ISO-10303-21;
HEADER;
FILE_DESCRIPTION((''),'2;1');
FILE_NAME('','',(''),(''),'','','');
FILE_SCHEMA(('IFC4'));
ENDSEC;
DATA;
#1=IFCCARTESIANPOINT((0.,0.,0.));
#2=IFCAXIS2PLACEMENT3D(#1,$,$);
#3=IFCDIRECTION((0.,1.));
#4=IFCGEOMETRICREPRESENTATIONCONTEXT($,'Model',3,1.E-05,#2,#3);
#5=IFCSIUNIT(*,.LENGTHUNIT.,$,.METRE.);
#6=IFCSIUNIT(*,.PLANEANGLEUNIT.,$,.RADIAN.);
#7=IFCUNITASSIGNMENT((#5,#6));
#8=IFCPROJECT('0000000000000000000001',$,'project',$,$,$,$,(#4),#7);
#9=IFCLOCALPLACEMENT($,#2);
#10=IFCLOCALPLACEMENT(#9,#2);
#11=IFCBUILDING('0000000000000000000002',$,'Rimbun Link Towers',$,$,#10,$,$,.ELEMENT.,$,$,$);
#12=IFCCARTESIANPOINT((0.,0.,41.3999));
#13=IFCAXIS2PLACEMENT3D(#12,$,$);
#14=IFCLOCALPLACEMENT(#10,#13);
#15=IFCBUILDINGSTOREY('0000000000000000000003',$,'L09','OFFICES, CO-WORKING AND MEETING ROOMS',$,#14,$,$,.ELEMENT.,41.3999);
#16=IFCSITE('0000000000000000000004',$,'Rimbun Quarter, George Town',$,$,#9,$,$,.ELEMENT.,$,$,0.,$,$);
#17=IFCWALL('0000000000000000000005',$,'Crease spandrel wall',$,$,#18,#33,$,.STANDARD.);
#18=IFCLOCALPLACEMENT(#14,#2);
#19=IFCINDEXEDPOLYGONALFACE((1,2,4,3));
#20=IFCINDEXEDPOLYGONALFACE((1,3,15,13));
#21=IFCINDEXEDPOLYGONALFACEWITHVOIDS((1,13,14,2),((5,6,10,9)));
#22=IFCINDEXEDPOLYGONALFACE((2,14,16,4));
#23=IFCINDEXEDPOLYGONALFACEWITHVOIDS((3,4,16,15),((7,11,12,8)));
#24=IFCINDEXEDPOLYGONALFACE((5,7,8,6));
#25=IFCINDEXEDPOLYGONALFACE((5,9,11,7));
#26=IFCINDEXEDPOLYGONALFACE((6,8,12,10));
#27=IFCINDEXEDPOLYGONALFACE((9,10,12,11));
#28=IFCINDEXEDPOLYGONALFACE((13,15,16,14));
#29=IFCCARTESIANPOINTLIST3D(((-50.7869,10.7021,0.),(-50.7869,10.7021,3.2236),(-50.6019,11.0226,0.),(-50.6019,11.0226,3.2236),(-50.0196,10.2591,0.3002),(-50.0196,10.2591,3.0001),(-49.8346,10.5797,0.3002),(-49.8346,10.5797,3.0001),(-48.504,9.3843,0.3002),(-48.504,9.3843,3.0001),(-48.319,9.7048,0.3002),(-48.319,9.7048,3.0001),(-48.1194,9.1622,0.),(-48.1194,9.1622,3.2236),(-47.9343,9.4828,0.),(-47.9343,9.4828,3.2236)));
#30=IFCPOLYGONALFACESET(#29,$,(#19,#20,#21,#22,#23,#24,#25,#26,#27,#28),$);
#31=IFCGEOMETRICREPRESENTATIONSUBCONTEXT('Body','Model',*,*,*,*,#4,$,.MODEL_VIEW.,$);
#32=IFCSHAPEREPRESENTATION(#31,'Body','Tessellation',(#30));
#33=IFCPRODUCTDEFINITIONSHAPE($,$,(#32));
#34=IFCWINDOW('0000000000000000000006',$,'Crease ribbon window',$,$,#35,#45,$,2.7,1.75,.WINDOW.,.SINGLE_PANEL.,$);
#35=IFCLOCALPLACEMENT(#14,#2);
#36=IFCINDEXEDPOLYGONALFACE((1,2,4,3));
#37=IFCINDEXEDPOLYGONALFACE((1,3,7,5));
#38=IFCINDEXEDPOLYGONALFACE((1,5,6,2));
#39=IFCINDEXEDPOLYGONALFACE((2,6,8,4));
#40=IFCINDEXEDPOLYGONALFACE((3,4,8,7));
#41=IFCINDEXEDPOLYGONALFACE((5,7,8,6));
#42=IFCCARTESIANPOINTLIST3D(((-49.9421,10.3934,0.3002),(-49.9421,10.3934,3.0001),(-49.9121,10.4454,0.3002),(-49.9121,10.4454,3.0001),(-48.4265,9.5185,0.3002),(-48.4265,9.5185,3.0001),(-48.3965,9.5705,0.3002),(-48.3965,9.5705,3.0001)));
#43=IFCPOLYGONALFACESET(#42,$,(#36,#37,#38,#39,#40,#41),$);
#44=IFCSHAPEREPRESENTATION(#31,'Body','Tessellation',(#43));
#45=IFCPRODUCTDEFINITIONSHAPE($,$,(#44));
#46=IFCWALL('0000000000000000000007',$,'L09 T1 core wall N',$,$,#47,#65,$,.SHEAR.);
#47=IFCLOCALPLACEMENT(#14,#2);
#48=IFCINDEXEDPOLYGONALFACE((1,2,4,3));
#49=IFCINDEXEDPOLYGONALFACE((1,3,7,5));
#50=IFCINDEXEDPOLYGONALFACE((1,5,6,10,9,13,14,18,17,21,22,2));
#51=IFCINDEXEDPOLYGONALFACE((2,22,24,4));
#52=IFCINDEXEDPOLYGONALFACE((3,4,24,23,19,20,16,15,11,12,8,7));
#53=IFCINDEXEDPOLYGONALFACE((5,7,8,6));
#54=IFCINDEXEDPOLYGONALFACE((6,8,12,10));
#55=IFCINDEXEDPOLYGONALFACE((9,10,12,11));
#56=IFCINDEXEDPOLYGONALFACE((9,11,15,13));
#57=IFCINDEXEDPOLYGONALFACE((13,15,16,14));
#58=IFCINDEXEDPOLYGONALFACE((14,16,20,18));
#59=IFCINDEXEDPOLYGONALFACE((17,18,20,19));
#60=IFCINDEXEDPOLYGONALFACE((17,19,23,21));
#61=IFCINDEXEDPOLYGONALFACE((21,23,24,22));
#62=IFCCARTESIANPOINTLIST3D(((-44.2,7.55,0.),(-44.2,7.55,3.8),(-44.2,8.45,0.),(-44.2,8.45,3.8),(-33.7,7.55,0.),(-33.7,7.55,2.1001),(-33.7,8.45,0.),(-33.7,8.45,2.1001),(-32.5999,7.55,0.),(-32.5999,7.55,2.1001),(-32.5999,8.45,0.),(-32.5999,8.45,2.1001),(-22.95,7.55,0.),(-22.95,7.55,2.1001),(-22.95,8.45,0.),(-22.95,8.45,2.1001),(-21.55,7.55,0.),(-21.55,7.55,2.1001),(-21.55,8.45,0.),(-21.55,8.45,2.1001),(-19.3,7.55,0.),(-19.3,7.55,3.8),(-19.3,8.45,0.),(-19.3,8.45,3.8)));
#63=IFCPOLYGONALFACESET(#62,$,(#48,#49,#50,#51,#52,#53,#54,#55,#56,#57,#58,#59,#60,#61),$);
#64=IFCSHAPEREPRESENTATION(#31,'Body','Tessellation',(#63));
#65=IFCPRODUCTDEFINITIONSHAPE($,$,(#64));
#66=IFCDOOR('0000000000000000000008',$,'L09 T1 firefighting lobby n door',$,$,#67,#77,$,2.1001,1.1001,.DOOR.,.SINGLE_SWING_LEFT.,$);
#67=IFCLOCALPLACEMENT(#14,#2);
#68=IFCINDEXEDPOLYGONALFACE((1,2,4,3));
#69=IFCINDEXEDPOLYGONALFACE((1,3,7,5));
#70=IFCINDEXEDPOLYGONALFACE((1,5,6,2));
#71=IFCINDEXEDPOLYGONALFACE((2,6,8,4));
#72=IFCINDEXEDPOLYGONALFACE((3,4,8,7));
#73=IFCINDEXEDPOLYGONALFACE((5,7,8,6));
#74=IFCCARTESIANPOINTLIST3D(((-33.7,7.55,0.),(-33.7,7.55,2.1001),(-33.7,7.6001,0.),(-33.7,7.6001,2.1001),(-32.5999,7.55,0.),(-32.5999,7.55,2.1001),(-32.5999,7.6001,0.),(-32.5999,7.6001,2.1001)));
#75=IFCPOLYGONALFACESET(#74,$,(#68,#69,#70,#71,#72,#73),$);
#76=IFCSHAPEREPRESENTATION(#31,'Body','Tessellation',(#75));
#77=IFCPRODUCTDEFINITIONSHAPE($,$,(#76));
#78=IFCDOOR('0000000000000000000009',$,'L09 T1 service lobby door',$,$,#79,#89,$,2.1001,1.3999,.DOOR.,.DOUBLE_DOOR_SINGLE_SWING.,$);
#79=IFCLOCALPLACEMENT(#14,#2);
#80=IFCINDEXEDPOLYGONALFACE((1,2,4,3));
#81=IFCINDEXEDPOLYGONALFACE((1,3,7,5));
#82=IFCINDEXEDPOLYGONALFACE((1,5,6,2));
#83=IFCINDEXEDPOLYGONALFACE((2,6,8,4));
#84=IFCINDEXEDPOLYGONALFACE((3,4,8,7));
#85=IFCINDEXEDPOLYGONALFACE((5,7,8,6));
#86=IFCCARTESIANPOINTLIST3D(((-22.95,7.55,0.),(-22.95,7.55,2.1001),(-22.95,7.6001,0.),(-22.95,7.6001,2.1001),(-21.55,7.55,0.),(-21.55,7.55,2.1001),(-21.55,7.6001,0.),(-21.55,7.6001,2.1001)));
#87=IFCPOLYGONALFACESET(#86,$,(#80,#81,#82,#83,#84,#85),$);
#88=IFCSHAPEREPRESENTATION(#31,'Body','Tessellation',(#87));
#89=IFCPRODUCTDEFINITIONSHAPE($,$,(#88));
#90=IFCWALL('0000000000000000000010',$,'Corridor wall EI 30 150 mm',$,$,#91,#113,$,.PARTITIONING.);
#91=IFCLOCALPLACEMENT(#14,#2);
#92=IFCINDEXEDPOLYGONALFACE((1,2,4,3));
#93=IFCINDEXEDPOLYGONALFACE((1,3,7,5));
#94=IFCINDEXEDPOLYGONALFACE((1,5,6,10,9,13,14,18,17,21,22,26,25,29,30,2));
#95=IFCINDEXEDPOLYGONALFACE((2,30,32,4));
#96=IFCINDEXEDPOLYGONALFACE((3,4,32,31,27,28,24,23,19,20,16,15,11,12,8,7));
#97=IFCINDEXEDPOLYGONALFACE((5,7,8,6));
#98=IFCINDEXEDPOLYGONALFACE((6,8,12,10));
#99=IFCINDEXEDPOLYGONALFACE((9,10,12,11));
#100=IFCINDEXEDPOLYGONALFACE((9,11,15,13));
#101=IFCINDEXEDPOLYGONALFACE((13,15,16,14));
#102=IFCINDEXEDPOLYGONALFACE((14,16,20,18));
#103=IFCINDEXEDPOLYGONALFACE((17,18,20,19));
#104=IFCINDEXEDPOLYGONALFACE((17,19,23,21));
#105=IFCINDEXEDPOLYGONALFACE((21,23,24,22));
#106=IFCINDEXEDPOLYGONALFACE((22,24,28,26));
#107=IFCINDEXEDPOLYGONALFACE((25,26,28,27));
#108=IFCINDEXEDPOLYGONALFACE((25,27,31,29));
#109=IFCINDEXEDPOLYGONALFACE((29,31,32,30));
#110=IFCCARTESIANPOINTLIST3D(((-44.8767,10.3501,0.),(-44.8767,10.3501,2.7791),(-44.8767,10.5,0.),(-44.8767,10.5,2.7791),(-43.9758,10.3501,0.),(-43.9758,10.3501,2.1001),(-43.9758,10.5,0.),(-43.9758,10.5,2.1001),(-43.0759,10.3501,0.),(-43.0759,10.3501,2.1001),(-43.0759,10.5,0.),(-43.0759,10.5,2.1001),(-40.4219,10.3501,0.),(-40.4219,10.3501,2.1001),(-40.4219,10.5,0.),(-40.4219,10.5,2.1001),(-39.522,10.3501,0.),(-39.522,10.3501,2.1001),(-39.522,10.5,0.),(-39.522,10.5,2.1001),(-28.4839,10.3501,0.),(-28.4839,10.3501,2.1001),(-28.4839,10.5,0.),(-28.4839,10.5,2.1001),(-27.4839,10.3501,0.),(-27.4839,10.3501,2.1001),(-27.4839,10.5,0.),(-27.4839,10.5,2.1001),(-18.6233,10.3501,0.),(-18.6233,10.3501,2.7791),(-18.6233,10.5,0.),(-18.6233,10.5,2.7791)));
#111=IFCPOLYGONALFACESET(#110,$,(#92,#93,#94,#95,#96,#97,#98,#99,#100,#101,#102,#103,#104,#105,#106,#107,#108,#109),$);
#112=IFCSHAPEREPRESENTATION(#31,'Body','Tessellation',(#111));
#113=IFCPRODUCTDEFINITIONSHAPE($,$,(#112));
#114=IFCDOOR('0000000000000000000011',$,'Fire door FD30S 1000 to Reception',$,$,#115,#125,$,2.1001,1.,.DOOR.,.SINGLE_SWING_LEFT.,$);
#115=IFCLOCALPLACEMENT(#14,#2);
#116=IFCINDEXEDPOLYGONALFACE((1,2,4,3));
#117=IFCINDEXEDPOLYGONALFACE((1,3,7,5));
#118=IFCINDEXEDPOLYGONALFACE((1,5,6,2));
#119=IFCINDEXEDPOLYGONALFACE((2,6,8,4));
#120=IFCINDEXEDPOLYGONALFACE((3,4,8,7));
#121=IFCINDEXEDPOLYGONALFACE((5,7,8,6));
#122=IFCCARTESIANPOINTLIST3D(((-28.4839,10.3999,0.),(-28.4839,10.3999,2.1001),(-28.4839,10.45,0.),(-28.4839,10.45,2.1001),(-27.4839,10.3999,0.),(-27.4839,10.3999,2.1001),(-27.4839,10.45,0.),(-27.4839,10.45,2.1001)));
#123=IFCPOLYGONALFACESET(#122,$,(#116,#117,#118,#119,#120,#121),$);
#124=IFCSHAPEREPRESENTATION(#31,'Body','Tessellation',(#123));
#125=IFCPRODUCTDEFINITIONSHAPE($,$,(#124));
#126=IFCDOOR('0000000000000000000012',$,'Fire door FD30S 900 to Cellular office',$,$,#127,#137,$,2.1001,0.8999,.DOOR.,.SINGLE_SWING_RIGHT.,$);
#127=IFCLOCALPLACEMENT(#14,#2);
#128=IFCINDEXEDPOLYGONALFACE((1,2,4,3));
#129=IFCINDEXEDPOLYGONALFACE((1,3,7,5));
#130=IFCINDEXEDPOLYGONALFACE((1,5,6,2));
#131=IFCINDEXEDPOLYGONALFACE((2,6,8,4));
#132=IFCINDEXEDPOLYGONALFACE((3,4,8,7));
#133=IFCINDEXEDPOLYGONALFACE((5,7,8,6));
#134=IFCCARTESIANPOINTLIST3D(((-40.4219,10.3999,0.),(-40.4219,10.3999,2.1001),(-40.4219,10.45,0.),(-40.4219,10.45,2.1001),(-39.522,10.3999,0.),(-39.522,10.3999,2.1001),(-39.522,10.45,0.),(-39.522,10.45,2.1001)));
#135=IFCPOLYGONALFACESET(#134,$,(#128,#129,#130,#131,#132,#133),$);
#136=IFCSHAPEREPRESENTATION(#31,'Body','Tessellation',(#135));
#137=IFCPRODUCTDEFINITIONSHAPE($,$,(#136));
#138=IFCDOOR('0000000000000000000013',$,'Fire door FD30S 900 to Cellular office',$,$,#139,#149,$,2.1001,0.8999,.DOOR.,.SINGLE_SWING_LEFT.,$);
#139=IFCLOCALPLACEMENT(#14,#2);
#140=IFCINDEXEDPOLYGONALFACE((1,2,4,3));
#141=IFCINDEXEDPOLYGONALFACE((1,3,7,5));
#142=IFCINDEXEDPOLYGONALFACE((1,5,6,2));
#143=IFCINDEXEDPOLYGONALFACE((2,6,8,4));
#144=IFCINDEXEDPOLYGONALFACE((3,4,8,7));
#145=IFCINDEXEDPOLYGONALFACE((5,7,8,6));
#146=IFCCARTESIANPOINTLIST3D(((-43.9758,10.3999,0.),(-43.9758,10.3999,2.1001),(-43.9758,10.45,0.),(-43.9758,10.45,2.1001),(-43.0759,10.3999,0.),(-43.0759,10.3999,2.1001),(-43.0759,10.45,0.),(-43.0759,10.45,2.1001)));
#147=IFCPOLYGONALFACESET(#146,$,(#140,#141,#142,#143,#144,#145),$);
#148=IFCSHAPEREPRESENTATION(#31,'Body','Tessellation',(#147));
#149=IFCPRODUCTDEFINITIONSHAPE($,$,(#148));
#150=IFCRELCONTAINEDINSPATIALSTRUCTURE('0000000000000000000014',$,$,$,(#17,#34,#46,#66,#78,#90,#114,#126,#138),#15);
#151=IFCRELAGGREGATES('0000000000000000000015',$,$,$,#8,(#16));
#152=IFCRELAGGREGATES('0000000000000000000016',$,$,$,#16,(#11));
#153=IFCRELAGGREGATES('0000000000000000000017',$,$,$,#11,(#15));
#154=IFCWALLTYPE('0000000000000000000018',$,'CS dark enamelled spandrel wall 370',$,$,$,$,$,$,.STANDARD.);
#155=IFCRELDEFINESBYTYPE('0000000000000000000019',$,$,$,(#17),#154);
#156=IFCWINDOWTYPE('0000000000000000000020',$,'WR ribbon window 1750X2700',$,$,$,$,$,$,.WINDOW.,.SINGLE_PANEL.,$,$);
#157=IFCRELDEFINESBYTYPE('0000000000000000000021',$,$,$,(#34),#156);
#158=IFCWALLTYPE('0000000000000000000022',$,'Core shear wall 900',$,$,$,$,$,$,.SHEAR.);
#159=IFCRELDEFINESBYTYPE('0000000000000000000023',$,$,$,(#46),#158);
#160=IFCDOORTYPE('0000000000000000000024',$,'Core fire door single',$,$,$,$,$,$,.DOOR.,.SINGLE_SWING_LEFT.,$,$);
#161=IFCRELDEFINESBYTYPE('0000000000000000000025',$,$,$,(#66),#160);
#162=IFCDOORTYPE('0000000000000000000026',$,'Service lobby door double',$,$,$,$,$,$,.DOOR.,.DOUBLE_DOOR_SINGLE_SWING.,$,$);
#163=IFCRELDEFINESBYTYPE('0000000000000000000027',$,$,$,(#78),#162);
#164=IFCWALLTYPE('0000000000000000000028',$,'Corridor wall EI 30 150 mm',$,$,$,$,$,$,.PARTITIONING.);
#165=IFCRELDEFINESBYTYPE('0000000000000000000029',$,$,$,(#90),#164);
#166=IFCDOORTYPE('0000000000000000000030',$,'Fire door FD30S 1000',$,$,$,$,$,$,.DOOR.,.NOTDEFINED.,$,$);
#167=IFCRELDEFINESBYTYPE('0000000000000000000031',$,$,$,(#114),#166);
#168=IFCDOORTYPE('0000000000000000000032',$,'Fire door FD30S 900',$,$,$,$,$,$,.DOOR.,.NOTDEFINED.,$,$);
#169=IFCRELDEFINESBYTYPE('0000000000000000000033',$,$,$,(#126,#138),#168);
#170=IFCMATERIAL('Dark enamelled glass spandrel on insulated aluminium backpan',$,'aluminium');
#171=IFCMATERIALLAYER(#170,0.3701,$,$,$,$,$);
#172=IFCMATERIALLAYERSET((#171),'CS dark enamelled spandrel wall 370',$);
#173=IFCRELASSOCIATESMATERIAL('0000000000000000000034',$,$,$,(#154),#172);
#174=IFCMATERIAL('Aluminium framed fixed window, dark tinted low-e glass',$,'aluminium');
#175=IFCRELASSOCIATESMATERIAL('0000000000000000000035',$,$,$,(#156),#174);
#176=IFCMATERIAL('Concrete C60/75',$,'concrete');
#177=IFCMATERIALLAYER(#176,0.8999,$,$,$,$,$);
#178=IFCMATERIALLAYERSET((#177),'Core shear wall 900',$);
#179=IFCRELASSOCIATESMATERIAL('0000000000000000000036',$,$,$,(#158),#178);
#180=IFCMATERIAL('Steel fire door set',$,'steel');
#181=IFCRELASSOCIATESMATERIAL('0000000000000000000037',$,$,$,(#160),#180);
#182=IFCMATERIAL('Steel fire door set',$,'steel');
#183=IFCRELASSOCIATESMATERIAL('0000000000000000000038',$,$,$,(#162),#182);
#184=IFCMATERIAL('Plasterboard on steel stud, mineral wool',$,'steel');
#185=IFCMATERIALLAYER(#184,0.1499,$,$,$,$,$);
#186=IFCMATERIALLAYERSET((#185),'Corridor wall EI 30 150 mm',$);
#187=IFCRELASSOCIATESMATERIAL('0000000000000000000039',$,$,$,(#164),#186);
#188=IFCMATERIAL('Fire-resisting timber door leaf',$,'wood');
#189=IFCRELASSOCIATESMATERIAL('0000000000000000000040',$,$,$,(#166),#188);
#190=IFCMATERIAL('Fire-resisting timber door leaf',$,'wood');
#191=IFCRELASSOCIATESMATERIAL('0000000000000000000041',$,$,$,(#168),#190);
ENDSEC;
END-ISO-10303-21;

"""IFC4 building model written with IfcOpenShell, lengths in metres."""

from ifc_helpers import new_model, si_unit, direction, frame, frame_2d, origin, place, context, subcontext, project, spatial, rectangle, extrude, material, layer, layer_set, type_object, element, fill, save


model = new_model("IFC4")

# Units and contexts
model_context = context("Model", 3, precision=1e-05, world=origin(), true_north=direction((0.0, 1.0)))
body_context = subcontext(model_context, "Body", "Model", "MODEL_VIEW")
ifc_project = project(units=[si_unit("LENGTHUNIT", "METRE"), si_unit("PLANEANGLEUNIT", "RADIAN")], contexts=[model_context])

# Site, building, storey
site_placement = place(None, origin())
site = spatial("IfcSite", under=ifc_project, at=site_placement, Name="Rimbun Quarter, George Town", CompositionType="ELEMENT", RefElevation=0.0)
building_placement = place(site_placement, origin())
building = spatial("IfcBuilding", under=site, at=building_placement, Name="Rimbun Link Towers", CompositionType="ELEMENT")
storey_placement = place(building_placement, frame((0.0, 0.0, 41.3999)))
storey = spatial("IfcBuildingStorey", under=building, at=storey_placement, Name="L09", Description="OFFICES, CO-WORKING AND MEETING ROOMS", CompositionType="ELEMENT", Elevation=41.3999)

# Wall, opening, window
ifc_material_1 = material(Name="Dark enamelled glass spandrel on insulated aluminium backpan", Category="aluminium")
ifc_layer_1 = layer(ifc_material_1, 0.3701)
ifc_layer_set_1 = layer_set([ifc_layer_1], Name="CS dark enamelled spandrel wall 370")
wall_type_1 = type_object("IfcWallType", Name="CS dark enamelled spandrel wall 370", PredefinedType="STANDARD", material=ifc_layer_set_1)
wall_1_placement = place(storey_placement, frame((-48.0269, 9.3225, 0.0), z_axis=(0.0, 0.0, 1.0), x_axis=(-0.866064, 0.499933, 0.0)))
wall_1 = element("IfcWall", 1, at=wall_1_placement, inside=storey, type_object=wall_type_1, Name="Crease spandrel wall", PredefinedType="STANDARD", context=body_context, shape_type="SweptSolid", body=[
    extrude(rectangle(XDim=3.0801, YDim=0.3701, at=frame_2d((1.54, 0.0))), origin(), (0.0, 0.0, 1.0), 3.2236),
])
opening_1_placement = place(wall_1_placement, frame((0.4441, 0.0, 0.3)))
opening_1 = element("IfcOpeningElement", 2, at=opening_1_placement, cuts=wall_1, PredefinedType="OPENING", context=body_context, shape_type="SweptSolid", body=[
    extrude(rectangle(XDim=1.75, YDim=2.7, at=frame_2d((0.875, 1.3501))), frame((0.0, 0.1951, 0.0), z_axis=(0.0, -1.0, 0.0), x_axis=(1.0, 0.0, 0.0)), (0.0, 0.0, 1.0), 0.3901),
])
ifc_material_2 = material(Name="Aluminium framed fixed window, dark tinted low-e glass", Category="aluminium")
window_type_1 = type_object("IfcWindowType", Name="WR ribbon window 1750X2700", PartitioningType="SINGLE_PANEL", PredefinedType="WINDOW", material=ifc_material_2)
window_1_placement = place(opening_1_placement, origin())
window_1 = element("IfcWindow", 3, at=window_1_placement, inside=storey, type_object=window_type_1, Name="Crease ribbon window", OverallHeight=2.7, OverallWidth=1.75, PartitioningType="SINGLE_PANEL", PredefinedType="WINDOW", context=body_context, shape_type="SweptSolid", body=[
    extrude(rectangle(XDim=1.75, YDim=2.7, at=frame_2d((0.875, 1.3501))), frame((0.0, 0.03, 0.0), z_axis=(0.0, -1.0, 0.0), x_axis=(1.0, 0.0, 0.0)), (0.0, 0.0, 1.0), 0.0601),
])
fill(opening_1, window_1)

# Walls, openings, doors
ifc_material_3 = material(Name="Concrete C60/75", Category="concrete")
ifc_layer_2 = layer(ifc_material_3, 0.8999)
ifc_layer_set_2 = layer_set([ifc_layer_2], Name="Core shear wall 900")
wall_type_2 = type_object("IfcWallType", Name="Core shear wall 900", PredefinedType="SHEAR", material=ifc_layer_set_2)
wall_2_placement = place(storey_placement, frame((-44.2, 8.0, 0.0), z_axis=(0.0, 0.0, 1.0), x_axis=(1.0, 0.0, 0.0)))
wall_2 = element("IfcWall", 4, at=wall_2_placement, inside=storey, type_object=wall_type_2, Name="L09 T1 core wall N", PredefinedType="SHEAR", context=body_context, shape_type="SweptSolid", body=[
    extrude(rectangle(XDim=24.8999, YDim=0.8999, at=frame_2d((12.45, 0.0))), origin(), (0.0, 0.0, 1.0), 3.8),
])
opening_2_placement = place(wall_2_placement, frame((10.5, 0.0, 0.0)))
opening_2 = element("IfcOpeningElement", 5, at=opening_2_placement, cuts=wall_2, PredefinedType="OPENING", context=body_context, shape_type="SweptSolid", body=[
    extrude(rectangle(XDim=1.1001, YDim=2.1001, at=frame_2d((0.55, 1.05))), frame((0.0, 0.46, 0.0), z_axis=(0.0, -1.0, 0.0), x_axis=(1.0, 0.0, 0.0)), (0.0, 0.0, 1.0), 0.9199),
])
opening_3_placement = place(wall_2_placement, frame((21.25, 0.0, 0.0)))
opening_3 = element("IfcOpeningElement", 6, at=opening_3_placement, cuts=wall_2, PredefinedType="OPENING", context=body_context, shape_type="SweptSolid", body=[
    extrude(rectangle(XDim=1.3999, YDim=2.1001, at=frame_2d((0.7, 1.05))), frame((0.0, 0.46, 0.0), z_axis=(0.0, -1.0, 0.0), x_axis=(1.0, 0.0, 0.0)), (0.0, 0.0, 1.0), 0.9199),
])
ifc_material_4 = material(Name="Steel fire door set", Category="steel")
door_type_1 = type_object("IfcDoorType", Name="Core fire door single", OperationType="SINGLE_SWING_LEFT", PredefinedType="DOOR", material=ifc_material_4)
door_1_placement = place(opening_2_placement, origin())
door_1 = element("IfcDoor", 7, at=door_1_placement, inside=storey, type_object=door_type_1, Name="L09 T1 firefighting lobby n door", OperationType="SINGLE_SWING_LEFT", OverallHeight=2.1001, OverallWidth=1.1001, PredefinedType="DOOR", context=body_context, shape_type="SweptSolid", body=[
    extrude(rectangle(XDim=1.1001, YDim=2.1001, at=frame_2d((0.55, 1.05))), frame((0.0, -0.3999, 0.0), z_axis=(0.0, -1.0, 0.0), x_axis=(1.0, 0.0, 0.0)), (0.0, 0.0, 1.0), 0.05),
])
fill(opening_2, door_1)
ifc_material_5 = material(Name="Steel fire door set", Category="steel")
door_type_2 = type_object("IfcDoorType", Name="Service lobby door double", OperationType="DOUBLE_DOOR_SINGLE_SWING", PredefinedType="DOOR", material=ifc_material_5)
door_2_placement = place(opening_3_placement, origin())
door_2 = element("IfcDoor", 8, at=door_2_placement, inside=storey, type_object=door_type_2, Name="L09 T1 service lobby door", OperationType="DOUBLE_DOOR_SINGLE_SWING", OverallHeight=2.1001, OverallWidth=1.3999, PredefinedType="DOOR", context=body_context, shape_type="SweptSolid", body=[
    extrude(rectangle(XDim=1.3999, YDim=2.1001, at=frame_2d((0.7, 1.05))), frame((0.0, -0.3999, 0.0), z_axis=(0.0, -1.0, 0.0), x_axis=(1.0, 0.0, 0.0)), (0.0, 0.0, 1.0), 0.05),
])
fill(opening_3, door_2)
ifc_material_6 = material(Name="Plasterboard on steel stud, mineral wool", Category="steel")
ifc_layer_3 = layer(ifc_material_6, 0.1499)
ifc_layer_set_3 = layer_set([ifc_layer_3], Name="Corridor wall EI 30 150 mm")
wall_type_3 = type_object("IfcWallType", Name="Corridor wall EI 30 150 mm", PredefinedType="PARTITIONING", material=ifc_layer_set_3)
wall_3_placement = place(storey_placement, frame((-44.8767, 10.425, 0.0), z_axis=(0.0, 0.0, 1.0), x_axis=(1.0, 0.0, 0.0)))
wall_3 = element("IfcWall", 9, at=wall_3_placement, inside=storey, type_object=wall_type_3, Name="Corridor wall EI 30 150 mm", PredefinedType="PARTITIONING", context=body_context, shape_type="SweptSolid", body=[
    extrude(rectangle(XDim=26.2534, YDim=0.1499, at=frame_2d((13.1267, 0.0))), origin(), (0.0, 0.0, 1.0), 2.7791),
])
opening_4_placement = place(wall_3_placement, frame((16.3928, 0.0, 0.0)))
opening_4 = element("IfcOpeningElement", 10, at=opening_4_placement, cuts=wall_3, PredefinedType="OPENING", context=body_context, shape_type="SweptSolid", body=[
    extrude(rectangle(XDim=1.0, YDim=2.1001, at=frame_2d((0.5, 1.05))), frame((0.0, 0.085, 0.0), z_axis=(0.0, -1.0, 0.0), x_axis=(1.0, 0.0, 0.0)), (0.0, 0.0, 1.0), 0.1699),
])
opening_5_placement = place(wall_3_placement, frame((4.4548, 0.0, 0.0)))
opening_5 = element("IfcOpeningElement", 11, at=opening_5_placement, cuts=wall_3, PredefinedType="OPENING", context=body_context, shape_type="SweptSolid", body=[
    extrude(rectangle(XDim=0.8999, YDim=2.1001, at=frame_2d((0.45, 1.05))), frame((0.0, 0.085, 0.0), z_axis=(0.0, -1.0, 0.0), x_axis=(1.0, 0.0, 0.0)), (0.0, 0.0, 1.0), 0.1699),
])
opening_6_placement = place(wall_3_placement, frame((0.9009, 0.0, 0.0)))
opening_6 = element("IfcOpeningElement", 12, at=opening_6_placement, cuts=wall_3, PredefinedType="OPENING", context=body_context, shape_type="SweptSolid", body=[
    extrude(rectangle(XDim=0.8999, YDim=2.1001, at=frame_2d((0.45, 1.05))), frame((0.0, 0.085, 0.0), z_axis=(0.0, -1.0, 0.0), x_axis=(1.0, 0.0, 0.0)), (0.0, 0.0, 1.0), 0.1699),
])
ifc_material_7 = material(Name="Fire-resisting timber door leaf", Category="wood")
door_type_3 = type_object("IfcDoorType", Name="Fire door FD30S 1000", OperationType="NOTDEFINED", PredefinedType="DOOR", material=ifc_material_7)
door_3_placement = place(opening_4_placement, origin())
door_3 = element("IfcDoor", 13, at=door_3_placement, inside=storey, type_object=door_type_3, Name="Fire door FD30S 1000 to Reception", OperationType="SINGLE_SWING_LEFT", OverallHeight=2.1001, OverallWidth=1.0, PredefinedType="DOOR", context=body_context, shape_type="SweptSolid", body=[
    extrude(rectangle(XDim=1.0, YDim=2.1001, at=frame_2d((0.5, 1.05))), frame((0.0, 0.0249, 0.0), z_axis=(0.0, -1.0, 0.0), x_axis=(1.0, 0.0, 0.0)), (0.0, 0.0, 1.0), 0.05),
])
fill(opening_4, door_3)
ifc_material_8 = material(Name="Fire-resisting timber door leaf", Category="wood")
door_type_4 = type_object("IfcDoorType", Name="Fire door FD30S 900", OperationType="NOTDEFINED", PredefinedType="DOOR", material=ifc_material_8)
door_4_placement = place(opening_5_placement, origin())
door_4 = element("IfcDoor", 14, at=door_4_placement, inside=storey, type_object=door_type_4, Name="Fire door FD30S 900 to Cellular office", OperationType="SINGLE_SWING_RIGHT", OverallHeight=2.1001, OverallWidth=0.8999, PredefinedType="DOOR", context=body_context, shape_type="SweptSolid", body=[
    extrude(rectangle(XDim=0.8999, YDim=2.1001, at=frame_2d((0.45, 1.05))), frame((0.0, 0.0249, 0.0), z_axis=(0.0, -1.0, 0.0), x_axis=(1.0, 0.0, 0.0)), (0.0, 0.0, 1.0), 0.05),
])
fill(opening_5, door_4)
door_5_placement = place(opening_6_placement, origin())
door_5 = element("IfcDoor", 15, at=door_5_placement, inside=storey, type_object=door_type_4, Name="Fire door FD30S 900 to Cellular office", OperationType="SINGLE_SWING_LEFT", OverallHeight=2.1001, OverallWidth=0.8999, PredefinedType="DOOR", context=body_context, shape_type="SweptSolid", body=[
    extrude(rectangle(XDim=0.8999, YDim=2.1001, at=frame_2d((0.45, 1.05))), frame((0.0, 0.0249, 0.0), z_axis=(0.0, -1.0, 0.0), x_axis=(1.0, 0.0, 0.0)), (0.0, 0.0, 1.0), 0.05),
])
fill(opening_6, door_5)

save(model, "model.ifc")
